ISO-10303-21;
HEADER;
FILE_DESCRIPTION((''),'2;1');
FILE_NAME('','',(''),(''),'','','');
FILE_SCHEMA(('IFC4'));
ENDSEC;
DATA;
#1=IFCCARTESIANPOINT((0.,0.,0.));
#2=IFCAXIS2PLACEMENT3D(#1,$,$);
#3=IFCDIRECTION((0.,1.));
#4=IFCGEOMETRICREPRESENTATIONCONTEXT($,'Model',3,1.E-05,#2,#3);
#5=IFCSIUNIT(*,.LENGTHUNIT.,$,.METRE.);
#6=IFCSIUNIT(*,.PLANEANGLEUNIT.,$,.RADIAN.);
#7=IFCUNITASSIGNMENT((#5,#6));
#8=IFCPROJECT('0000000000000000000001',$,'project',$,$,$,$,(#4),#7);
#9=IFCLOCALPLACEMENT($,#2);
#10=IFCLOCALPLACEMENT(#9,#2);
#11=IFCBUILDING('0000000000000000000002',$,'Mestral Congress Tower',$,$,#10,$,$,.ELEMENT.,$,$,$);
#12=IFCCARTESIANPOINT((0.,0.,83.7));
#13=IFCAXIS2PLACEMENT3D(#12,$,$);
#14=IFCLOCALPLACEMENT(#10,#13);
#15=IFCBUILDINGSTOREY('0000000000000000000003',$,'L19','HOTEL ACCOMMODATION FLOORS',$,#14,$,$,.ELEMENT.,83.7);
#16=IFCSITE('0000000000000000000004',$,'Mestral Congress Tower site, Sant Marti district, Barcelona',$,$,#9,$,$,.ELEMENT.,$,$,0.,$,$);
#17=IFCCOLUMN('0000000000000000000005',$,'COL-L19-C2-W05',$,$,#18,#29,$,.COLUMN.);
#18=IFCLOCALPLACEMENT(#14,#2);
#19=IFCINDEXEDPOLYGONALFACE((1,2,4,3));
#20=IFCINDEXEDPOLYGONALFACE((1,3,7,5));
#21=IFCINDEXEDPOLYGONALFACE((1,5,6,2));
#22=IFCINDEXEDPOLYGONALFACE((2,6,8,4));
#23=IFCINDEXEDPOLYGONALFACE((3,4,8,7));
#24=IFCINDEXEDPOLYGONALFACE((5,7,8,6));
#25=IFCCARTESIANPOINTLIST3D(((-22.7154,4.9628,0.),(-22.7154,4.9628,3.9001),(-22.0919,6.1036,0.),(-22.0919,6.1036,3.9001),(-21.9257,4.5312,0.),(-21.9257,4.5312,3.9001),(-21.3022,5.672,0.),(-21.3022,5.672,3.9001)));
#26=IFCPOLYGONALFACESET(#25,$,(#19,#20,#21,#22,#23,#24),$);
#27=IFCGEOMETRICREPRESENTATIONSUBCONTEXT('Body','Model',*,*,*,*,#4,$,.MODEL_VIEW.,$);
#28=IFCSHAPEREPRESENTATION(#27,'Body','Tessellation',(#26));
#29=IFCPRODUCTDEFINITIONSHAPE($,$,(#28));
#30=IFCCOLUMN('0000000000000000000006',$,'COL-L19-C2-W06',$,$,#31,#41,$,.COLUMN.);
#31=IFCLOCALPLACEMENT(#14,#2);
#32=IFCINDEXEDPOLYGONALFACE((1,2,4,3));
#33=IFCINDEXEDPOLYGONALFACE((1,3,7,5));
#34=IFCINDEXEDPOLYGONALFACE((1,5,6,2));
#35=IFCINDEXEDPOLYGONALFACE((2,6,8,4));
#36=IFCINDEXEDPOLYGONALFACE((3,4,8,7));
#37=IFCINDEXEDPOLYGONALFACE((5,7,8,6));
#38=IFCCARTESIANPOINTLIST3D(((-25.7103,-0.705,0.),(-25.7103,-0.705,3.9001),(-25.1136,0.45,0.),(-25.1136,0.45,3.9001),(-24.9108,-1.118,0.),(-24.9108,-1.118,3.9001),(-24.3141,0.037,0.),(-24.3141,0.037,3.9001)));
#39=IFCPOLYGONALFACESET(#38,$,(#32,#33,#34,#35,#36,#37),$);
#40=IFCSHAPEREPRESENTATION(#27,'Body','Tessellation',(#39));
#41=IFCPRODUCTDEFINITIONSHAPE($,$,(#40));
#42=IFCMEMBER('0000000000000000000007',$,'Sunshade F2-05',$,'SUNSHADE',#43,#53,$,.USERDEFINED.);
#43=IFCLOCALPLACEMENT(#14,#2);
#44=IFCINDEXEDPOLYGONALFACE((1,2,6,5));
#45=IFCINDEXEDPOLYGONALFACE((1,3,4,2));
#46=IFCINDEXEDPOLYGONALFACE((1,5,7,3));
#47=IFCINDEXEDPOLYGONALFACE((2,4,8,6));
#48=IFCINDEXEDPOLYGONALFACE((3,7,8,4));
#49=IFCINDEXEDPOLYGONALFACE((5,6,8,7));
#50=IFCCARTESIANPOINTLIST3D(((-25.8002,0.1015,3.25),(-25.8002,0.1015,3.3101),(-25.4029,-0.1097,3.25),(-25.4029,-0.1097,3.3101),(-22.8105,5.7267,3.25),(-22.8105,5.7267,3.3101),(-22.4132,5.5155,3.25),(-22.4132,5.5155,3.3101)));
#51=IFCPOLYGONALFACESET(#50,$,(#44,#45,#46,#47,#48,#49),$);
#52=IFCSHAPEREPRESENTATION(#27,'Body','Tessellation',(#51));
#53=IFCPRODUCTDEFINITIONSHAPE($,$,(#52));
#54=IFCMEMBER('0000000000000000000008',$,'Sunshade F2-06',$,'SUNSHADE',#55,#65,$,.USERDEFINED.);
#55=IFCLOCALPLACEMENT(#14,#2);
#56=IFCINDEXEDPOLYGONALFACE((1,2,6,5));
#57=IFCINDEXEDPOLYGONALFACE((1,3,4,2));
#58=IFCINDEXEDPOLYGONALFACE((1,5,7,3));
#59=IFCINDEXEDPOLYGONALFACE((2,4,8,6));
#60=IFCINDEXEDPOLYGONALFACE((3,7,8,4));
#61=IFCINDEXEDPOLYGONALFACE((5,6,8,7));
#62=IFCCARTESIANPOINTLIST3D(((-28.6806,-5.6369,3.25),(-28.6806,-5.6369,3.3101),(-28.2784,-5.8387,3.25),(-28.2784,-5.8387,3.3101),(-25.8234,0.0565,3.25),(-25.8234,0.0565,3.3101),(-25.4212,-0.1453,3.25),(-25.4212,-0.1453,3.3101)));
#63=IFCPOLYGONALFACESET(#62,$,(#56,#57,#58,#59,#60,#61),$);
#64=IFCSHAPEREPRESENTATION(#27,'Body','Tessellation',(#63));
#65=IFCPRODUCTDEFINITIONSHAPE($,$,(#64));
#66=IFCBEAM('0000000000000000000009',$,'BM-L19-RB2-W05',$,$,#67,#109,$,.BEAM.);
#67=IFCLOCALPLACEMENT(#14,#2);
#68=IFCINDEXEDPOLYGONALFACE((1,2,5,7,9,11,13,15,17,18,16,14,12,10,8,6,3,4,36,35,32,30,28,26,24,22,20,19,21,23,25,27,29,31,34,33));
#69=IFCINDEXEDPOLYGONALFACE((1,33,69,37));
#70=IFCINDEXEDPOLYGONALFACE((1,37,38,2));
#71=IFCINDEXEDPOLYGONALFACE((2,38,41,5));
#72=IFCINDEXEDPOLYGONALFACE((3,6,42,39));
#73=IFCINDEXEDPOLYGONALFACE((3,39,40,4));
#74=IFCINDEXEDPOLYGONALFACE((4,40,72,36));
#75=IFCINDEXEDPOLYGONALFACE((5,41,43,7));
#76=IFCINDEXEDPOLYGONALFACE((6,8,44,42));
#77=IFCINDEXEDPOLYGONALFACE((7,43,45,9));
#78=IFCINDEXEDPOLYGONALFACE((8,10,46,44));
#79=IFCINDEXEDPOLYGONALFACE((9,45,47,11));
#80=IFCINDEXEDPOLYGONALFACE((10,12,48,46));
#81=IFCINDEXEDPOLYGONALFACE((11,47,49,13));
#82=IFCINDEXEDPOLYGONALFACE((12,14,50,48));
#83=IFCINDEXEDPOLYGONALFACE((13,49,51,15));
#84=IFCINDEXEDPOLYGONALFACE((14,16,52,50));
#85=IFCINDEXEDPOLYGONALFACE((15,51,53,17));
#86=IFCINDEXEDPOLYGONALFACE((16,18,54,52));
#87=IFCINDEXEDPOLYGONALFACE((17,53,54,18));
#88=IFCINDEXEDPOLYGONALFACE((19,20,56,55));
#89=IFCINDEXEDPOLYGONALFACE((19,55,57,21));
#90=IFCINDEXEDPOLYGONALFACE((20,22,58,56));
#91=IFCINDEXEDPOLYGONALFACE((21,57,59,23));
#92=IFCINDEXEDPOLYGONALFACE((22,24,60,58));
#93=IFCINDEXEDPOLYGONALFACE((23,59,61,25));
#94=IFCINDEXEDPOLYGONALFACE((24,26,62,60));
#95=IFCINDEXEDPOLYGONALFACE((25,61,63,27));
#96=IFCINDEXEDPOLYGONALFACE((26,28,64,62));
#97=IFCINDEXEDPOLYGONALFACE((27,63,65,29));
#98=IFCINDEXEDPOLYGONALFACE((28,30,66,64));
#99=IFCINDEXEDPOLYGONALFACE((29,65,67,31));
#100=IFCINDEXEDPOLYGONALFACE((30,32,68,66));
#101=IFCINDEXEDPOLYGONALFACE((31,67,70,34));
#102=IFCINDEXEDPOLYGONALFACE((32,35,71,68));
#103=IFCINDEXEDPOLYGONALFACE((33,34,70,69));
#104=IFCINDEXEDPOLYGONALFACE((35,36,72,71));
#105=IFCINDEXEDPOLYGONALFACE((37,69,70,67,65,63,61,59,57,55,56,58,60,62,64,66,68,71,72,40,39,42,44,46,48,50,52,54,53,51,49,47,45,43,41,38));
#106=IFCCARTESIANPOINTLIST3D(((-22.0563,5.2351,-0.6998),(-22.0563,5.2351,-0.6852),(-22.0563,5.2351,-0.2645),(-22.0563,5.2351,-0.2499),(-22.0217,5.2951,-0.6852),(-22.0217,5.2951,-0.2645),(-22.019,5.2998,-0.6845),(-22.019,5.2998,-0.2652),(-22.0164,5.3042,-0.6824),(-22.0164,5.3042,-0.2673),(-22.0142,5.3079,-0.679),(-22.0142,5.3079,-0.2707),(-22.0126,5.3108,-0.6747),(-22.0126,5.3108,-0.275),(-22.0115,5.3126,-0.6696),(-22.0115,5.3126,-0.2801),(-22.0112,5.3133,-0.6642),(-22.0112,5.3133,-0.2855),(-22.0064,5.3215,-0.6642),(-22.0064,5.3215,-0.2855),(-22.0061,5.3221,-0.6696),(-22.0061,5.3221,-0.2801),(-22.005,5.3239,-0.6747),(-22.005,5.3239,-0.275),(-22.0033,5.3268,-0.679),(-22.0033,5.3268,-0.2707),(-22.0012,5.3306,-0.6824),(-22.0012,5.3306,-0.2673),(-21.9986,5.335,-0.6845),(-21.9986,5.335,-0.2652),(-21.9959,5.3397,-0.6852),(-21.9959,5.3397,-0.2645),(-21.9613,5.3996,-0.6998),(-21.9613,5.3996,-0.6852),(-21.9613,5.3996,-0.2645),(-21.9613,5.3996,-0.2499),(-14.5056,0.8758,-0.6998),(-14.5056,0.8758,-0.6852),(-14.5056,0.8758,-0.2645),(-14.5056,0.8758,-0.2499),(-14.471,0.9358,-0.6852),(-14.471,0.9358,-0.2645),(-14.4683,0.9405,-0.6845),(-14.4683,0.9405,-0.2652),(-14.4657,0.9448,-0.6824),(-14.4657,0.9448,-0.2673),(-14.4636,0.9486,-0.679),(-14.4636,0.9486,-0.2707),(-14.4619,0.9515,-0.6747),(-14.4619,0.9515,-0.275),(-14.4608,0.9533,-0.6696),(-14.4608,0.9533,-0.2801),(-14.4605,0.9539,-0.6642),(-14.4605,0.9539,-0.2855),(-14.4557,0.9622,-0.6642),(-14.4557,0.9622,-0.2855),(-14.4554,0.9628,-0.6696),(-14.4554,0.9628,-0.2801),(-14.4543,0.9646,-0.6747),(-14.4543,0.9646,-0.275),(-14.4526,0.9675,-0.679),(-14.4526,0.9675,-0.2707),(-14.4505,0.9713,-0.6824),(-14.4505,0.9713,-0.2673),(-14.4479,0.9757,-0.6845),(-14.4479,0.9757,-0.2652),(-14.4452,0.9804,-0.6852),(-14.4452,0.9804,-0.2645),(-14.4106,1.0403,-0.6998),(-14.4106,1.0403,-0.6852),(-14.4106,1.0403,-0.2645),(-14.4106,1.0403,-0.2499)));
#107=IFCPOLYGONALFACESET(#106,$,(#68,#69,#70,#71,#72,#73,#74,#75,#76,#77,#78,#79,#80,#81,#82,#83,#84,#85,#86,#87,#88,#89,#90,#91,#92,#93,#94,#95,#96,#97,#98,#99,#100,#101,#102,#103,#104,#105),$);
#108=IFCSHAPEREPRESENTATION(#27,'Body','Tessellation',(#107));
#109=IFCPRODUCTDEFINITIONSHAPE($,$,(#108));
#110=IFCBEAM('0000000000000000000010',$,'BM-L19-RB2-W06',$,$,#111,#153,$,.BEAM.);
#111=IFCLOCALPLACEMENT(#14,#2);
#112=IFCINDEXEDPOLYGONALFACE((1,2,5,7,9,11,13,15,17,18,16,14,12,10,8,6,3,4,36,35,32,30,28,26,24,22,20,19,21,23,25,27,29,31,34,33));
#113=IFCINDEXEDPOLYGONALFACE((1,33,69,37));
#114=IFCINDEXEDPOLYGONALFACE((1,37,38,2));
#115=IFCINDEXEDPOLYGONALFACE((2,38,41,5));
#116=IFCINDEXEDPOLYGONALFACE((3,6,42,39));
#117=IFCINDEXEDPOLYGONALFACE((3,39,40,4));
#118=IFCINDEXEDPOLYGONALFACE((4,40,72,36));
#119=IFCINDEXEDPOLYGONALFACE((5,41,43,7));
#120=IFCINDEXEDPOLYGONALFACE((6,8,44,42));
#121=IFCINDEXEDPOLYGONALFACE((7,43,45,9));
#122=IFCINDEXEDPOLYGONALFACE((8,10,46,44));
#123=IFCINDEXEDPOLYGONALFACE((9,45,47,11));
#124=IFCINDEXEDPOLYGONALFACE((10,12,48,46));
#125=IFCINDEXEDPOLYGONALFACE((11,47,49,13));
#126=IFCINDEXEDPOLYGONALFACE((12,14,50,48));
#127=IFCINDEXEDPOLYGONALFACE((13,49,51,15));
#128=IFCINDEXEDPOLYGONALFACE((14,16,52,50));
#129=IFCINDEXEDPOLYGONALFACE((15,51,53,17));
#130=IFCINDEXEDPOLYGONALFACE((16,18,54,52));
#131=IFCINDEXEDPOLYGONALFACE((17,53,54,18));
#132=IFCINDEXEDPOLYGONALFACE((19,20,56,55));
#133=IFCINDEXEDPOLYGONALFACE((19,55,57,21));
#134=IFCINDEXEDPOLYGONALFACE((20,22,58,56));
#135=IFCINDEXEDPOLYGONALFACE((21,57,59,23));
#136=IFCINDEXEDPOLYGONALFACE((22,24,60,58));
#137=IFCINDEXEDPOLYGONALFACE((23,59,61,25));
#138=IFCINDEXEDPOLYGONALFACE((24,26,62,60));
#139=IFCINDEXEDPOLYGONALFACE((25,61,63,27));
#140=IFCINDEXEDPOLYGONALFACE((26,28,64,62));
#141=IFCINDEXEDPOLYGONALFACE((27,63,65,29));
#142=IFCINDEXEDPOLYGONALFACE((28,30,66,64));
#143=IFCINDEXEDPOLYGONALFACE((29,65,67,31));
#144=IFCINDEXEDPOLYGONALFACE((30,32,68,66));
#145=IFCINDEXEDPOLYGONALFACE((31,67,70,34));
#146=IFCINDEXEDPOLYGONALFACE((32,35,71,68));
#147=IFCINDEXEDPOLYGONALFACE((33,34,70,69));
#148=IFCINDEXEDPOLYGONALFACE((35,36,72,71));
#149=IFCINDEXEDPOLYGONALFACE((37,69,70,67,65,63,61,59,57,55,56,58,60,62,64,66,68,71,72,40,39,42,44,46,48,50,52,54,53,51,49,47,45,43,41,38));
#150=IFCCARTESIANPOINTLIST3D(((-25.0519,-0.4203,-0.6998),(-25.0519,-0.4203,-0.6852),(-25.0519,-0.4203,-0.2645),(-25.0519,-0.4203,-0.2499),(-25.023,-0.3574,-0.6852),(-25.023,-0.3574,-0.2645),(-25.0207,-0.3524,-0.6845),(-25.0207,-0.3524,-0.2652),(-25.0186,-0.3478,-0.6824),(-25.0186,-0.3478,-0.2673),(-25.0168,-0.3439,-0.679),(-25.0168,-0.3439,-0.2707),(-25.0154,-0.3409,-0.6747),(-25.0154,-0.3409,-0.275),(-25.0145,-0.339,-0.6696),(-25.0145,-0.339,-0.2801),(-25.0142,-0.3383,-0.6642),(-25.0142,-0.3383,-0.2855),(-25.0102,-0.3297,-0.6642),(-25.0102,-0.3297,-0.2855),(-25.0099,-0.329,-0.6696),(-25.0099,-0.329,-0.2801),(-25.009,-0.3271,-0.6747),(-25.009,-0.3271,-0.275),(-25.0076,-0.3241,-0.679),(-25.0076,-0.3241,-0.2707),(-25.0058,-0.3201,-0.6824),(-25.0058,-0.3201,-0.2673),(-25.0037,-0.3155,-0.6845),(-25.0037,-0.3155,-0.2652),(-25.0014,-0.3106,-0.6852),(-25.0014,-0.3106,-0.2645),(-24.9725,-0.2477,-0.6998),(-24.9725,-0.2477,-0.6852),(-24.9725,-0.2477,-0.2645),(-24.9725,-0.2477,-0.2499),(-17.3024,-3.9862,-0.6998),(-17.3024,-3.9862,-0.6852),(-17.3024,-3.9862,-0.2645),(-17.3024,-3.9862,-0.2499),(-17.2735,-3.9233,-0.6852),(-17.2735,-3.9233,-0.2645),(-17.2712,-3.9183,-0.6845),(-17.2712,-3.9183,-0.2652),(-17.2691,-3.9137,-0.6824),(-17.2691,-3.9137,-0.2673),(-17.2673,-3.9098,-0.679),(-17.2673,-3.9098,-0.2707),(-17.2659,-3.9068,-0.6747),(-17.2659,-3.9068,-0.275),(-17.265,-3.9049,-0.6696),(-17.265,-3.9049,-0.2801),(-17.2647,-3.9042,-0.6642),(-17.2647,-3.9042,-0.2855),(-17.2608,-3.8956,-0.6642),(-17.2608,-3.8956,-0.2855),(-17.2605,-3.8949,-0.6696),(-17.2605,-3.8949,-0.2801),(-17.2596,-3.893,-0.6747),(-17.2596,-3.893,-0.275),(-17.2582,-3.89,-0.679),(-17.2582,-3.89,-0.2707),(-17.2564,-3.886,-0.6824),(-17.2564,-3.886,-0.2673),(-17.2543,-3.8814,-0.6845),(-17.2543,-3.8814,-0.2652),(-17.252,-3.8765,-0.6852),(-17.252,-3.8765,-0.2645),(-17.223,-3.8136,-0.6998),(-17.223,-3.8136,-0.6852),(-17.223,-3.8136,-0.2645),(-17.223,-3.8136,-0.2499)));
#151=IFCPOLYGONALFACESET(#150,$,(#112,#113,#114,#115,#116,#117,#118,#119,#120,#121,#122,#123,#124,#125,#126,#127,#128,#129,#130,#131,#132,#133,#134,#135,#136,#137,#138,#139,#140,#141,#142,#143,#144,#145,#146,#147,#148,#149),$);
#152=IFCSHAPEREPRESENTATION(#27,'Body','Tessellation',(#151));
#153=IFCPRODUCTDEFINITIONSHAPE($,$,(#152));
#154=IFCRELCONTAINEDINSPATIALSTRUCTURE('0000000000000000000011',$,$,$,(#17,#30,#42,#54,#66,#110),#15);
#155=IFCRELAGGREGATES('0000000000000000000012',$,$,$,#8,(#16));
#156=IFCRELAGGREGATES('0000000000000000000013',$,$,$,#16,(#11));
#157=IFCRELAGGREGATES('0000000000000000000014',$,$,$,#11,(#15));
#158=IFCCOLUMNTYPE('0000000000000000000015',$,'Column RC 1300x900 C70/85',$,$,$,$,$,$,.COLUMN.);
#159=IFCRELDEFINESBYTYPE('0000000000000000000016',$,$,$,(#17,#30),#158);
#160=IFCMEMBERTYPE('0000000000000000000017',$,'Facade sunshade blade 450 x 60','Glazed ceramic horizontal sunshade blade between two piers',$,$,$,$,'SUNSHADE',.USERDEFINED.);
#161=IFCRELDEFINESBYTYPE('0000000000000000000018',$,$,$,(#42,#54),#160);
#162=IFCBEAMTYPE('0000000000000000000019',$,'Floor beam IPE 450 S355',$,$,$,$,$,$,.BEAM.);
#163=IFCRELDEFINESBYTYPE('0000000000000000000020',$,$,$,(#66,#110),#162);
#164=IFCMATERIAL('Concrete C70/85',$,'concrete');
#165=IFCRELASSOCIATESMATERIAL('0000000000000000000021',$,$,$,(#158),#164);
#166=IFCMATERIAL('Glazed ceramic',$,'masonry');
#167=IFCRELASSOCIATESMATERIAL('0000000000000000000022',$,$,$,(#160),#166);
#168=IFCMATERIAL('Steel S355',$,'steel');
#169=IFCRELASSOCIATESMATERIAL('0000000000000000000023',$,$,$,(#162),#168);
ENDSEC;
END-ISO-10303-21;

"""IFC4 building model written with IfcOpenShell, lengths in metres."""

from ifc_helpers import new_model, si_unit, direction, frame, origin, origin_2d, place, context, subcontext, project, spatial, rectangle, i_section, extrude, material, material_profile, profile_set, type_object, element, save


model = new_model("IFC4")

# Units and contexts
model_context = context("Model", 3, precision=1e-05, world=origin(), true_north=direction((0.0, 1.0)))
body_context = subcontext(model_context, "Body", "Model", "MODEL_VIEW")
ifc_project = project(units=[si_unit("LENGTHUNIT", "METRE"), si_unit("PLANEANGLEUNIT", "RADIAN")], contexts=[model_context])

# Site, building, storey
site_placement = place(None, origin())
site = spatial("IfcSite", under=ifc_project, at=site_placement, Name="Mestral Congress Tower site, Sant Marti district, Barcelona", CompositionType="ELEMENT", RefElevation=0.0)
building_placement = place(site_placement, origin())
building = spatial("IfcBuilding", under=site, at=building_placement, Name="Mestral Congress Tower", CompositionType="ELEMENT")
storey_placement = place(building_placement, frame((0.0, 0.0, 83.7)))
storey = spatial("IfcBuildingStorey", under=building, at=storey_placement, Name="L19", Description="HOTEL ACCOMMODATION FLOORS", CompositionType="ELEMENT", Elevation=83.7)

# Columns
ifc_material_1 = material(Name="Concrete C70/85", Category="concrete")
ifc_material_profile_1 = material_profile(ifc_material_1, rectangle(XDim=1.3, YDim=0.8999, at=origin_2d()), Name="RC 1300x900")
ifc_profile_set_1 = profile_set([ifc_material_profile_1], Name="Concrete C70/85")
column_type = type_object("IfcColumnType", Name="Column RC 1300x900 C70/85", PredefinedType="COLUMN", material=ifc_profile_set_1)
for number, where, z_axis, x_axis, name in (
    (1, (-22.0088, 5.3174, 0.0), (0.0, 0.0, 1.0), (-0.479613, -0.87748, 0.0), "COL-L19-C2-W05"),
    (2, (-25.0122, -0.334, 0.0), (0.0, 0.0, 1.0), (-0.458961, -0.888456, 0.0), "COL-L19-C2-W06"),
):
    element("IfcColumn", number, at=place(storey_placement, frame(where, z_axis=z_axis, x_axis=x_axis)), inside=storey, type_object=column_type, Name=name, PredefinedType="COLUMN", context=body_context, shape_type="SweptSolid", body=[
        extrude(rectangle(XDim=1.3, YDim=0.8999, at=origin_2d()), origin(), (0.0, 0.0, 1.0), 3.9001),
    ])

# Members
ifc_material_2 = material(Name="Glazed ceramic", Category="masonry")
ifc_material_profile_2 = material_profile(ifc_material_2, rectangle(XDim=0.45, YDim=0.0601, at=origin_2d()), Name="Ceramic blade 450 x 60")
ifc_profile_set_2 = profile_set([ifc_material_profile_2], Name="Glazed ceramic")
member_type = type_object("IfcMemberType", Name="Facade sunshade blade 450 x 60", Description="Glazed ceramic horizontal sunshade blade between two piers", ElementType="SUNSHADE", PredefinedType="USERDEFINED", material=ifc_profile_set_2)
member_1_placement = place(storey_placement, frame((-22.6118, 5.6211, 3.28), z_axis=(-0.469319, -0.883029, 0.0), x_axis=(0.883029, -0.469319, 0.0)))
element("IfcMember", 3, at=member_1_placement, inside=storey, type_object=member_type, Name="Sunshade F2-05", ObjectType="SUNSHADE", PredefinedType="USERDEFINED", context=body_context, shape_type="SweptSolid", body=[
    extrude(rectangle(XDim=0.45, YDim=0.0601, at=origin_2d()), origin(), (0.0, 0.0, 1.0), 6.3704),
])
member_2_placement = place(storey_placement, frame((-25.6223, -0.0444, 3.28), z_axis=(-0.448532, -0.893767, 0.0), x_axis=(0.893767, -0.448532, 0.0)))
element("IfcMember", 4, at=member_2_placement, inside=storey, type_object=member_type, Name="Sunshade F2-06", ObjectType="SUNSHADE", PredefinedType="USERDEFINED", context=body_context, shape_type="SweptSolid", body=[
    extrude(rectangle(XDim=0.45, YDim=0.0601, at=origin_2d()), origin(), (0.0, 0.0, 1.0), 6.3701),
])

# Beams
ifc_material_3 = material(Name="Steel S355", Category="steel")
ifc_material_profile_3 = material_profile(ifc_material_3, i_section(OverallWidth=0.1899, OverallDepth=0.45, WebThickness=0.0095, FlangeThickness=0.0146, FilletRadius=0.021, at=origin_2d()), Name="IPE 450")
ifc_profile_set_3 = profile_set([ifc_material_profile_3], Name="Steel S355")
beam_type = type_object("IfcBeamType", Name="Floor beam IPE 450 S355", PredefinedType="BEAM", material=ifc_profile_set_3)
beam_1_placement = place(storey_placement, frame((-22.0088, 5.3174, -0.4749), z_axis=(0.866029, -0.499994, 0.0), x_axis=(0.499994, 0.866029, 0.0)))
element("IfcBeam", 5, at=beam_1_placement, inside=storey, type_object=beam_type, Name="BM-L19-RB2-W05", PredefinedType="BEAM", context=body_context, shape_type="SweptSolid", body=[
    extrude(i_section(OverallWidth=0.1899, OverallDepth=0.45, WebThickness=0.0095, FlangeThickness=0.0146, FilletRadius=0.021, at=origin_2d()), origin(), (0.0, 0.0, 1.0), 8.7188),
])
beam_2_placement = place(storey_placement, frame((-25.0122, -0.334, -0.4749), z_axis=(0.90844, -0.418016, 0.0), x_axis=(0.418016, 0.90844, 0.0)))
element("IfcBeam", 6, at=beam_2_placement, inside=storey, type_object=beam_type, Name="BM-L19-RB2-W06", PredefinedType="BEAM", context=body_context, shape_type="SweptSolid", body=[
    extrude(i_section(OverallWidth=0.1899, OverallDepth=0.45, WebThickness=0.0095, FlangeThickness=0.0146, FilletRadius=0.021, at=origin_2d()), origin(), (0.0, 0.0, 1.0), 8.5305),
])

save(model, "model.ifc")
